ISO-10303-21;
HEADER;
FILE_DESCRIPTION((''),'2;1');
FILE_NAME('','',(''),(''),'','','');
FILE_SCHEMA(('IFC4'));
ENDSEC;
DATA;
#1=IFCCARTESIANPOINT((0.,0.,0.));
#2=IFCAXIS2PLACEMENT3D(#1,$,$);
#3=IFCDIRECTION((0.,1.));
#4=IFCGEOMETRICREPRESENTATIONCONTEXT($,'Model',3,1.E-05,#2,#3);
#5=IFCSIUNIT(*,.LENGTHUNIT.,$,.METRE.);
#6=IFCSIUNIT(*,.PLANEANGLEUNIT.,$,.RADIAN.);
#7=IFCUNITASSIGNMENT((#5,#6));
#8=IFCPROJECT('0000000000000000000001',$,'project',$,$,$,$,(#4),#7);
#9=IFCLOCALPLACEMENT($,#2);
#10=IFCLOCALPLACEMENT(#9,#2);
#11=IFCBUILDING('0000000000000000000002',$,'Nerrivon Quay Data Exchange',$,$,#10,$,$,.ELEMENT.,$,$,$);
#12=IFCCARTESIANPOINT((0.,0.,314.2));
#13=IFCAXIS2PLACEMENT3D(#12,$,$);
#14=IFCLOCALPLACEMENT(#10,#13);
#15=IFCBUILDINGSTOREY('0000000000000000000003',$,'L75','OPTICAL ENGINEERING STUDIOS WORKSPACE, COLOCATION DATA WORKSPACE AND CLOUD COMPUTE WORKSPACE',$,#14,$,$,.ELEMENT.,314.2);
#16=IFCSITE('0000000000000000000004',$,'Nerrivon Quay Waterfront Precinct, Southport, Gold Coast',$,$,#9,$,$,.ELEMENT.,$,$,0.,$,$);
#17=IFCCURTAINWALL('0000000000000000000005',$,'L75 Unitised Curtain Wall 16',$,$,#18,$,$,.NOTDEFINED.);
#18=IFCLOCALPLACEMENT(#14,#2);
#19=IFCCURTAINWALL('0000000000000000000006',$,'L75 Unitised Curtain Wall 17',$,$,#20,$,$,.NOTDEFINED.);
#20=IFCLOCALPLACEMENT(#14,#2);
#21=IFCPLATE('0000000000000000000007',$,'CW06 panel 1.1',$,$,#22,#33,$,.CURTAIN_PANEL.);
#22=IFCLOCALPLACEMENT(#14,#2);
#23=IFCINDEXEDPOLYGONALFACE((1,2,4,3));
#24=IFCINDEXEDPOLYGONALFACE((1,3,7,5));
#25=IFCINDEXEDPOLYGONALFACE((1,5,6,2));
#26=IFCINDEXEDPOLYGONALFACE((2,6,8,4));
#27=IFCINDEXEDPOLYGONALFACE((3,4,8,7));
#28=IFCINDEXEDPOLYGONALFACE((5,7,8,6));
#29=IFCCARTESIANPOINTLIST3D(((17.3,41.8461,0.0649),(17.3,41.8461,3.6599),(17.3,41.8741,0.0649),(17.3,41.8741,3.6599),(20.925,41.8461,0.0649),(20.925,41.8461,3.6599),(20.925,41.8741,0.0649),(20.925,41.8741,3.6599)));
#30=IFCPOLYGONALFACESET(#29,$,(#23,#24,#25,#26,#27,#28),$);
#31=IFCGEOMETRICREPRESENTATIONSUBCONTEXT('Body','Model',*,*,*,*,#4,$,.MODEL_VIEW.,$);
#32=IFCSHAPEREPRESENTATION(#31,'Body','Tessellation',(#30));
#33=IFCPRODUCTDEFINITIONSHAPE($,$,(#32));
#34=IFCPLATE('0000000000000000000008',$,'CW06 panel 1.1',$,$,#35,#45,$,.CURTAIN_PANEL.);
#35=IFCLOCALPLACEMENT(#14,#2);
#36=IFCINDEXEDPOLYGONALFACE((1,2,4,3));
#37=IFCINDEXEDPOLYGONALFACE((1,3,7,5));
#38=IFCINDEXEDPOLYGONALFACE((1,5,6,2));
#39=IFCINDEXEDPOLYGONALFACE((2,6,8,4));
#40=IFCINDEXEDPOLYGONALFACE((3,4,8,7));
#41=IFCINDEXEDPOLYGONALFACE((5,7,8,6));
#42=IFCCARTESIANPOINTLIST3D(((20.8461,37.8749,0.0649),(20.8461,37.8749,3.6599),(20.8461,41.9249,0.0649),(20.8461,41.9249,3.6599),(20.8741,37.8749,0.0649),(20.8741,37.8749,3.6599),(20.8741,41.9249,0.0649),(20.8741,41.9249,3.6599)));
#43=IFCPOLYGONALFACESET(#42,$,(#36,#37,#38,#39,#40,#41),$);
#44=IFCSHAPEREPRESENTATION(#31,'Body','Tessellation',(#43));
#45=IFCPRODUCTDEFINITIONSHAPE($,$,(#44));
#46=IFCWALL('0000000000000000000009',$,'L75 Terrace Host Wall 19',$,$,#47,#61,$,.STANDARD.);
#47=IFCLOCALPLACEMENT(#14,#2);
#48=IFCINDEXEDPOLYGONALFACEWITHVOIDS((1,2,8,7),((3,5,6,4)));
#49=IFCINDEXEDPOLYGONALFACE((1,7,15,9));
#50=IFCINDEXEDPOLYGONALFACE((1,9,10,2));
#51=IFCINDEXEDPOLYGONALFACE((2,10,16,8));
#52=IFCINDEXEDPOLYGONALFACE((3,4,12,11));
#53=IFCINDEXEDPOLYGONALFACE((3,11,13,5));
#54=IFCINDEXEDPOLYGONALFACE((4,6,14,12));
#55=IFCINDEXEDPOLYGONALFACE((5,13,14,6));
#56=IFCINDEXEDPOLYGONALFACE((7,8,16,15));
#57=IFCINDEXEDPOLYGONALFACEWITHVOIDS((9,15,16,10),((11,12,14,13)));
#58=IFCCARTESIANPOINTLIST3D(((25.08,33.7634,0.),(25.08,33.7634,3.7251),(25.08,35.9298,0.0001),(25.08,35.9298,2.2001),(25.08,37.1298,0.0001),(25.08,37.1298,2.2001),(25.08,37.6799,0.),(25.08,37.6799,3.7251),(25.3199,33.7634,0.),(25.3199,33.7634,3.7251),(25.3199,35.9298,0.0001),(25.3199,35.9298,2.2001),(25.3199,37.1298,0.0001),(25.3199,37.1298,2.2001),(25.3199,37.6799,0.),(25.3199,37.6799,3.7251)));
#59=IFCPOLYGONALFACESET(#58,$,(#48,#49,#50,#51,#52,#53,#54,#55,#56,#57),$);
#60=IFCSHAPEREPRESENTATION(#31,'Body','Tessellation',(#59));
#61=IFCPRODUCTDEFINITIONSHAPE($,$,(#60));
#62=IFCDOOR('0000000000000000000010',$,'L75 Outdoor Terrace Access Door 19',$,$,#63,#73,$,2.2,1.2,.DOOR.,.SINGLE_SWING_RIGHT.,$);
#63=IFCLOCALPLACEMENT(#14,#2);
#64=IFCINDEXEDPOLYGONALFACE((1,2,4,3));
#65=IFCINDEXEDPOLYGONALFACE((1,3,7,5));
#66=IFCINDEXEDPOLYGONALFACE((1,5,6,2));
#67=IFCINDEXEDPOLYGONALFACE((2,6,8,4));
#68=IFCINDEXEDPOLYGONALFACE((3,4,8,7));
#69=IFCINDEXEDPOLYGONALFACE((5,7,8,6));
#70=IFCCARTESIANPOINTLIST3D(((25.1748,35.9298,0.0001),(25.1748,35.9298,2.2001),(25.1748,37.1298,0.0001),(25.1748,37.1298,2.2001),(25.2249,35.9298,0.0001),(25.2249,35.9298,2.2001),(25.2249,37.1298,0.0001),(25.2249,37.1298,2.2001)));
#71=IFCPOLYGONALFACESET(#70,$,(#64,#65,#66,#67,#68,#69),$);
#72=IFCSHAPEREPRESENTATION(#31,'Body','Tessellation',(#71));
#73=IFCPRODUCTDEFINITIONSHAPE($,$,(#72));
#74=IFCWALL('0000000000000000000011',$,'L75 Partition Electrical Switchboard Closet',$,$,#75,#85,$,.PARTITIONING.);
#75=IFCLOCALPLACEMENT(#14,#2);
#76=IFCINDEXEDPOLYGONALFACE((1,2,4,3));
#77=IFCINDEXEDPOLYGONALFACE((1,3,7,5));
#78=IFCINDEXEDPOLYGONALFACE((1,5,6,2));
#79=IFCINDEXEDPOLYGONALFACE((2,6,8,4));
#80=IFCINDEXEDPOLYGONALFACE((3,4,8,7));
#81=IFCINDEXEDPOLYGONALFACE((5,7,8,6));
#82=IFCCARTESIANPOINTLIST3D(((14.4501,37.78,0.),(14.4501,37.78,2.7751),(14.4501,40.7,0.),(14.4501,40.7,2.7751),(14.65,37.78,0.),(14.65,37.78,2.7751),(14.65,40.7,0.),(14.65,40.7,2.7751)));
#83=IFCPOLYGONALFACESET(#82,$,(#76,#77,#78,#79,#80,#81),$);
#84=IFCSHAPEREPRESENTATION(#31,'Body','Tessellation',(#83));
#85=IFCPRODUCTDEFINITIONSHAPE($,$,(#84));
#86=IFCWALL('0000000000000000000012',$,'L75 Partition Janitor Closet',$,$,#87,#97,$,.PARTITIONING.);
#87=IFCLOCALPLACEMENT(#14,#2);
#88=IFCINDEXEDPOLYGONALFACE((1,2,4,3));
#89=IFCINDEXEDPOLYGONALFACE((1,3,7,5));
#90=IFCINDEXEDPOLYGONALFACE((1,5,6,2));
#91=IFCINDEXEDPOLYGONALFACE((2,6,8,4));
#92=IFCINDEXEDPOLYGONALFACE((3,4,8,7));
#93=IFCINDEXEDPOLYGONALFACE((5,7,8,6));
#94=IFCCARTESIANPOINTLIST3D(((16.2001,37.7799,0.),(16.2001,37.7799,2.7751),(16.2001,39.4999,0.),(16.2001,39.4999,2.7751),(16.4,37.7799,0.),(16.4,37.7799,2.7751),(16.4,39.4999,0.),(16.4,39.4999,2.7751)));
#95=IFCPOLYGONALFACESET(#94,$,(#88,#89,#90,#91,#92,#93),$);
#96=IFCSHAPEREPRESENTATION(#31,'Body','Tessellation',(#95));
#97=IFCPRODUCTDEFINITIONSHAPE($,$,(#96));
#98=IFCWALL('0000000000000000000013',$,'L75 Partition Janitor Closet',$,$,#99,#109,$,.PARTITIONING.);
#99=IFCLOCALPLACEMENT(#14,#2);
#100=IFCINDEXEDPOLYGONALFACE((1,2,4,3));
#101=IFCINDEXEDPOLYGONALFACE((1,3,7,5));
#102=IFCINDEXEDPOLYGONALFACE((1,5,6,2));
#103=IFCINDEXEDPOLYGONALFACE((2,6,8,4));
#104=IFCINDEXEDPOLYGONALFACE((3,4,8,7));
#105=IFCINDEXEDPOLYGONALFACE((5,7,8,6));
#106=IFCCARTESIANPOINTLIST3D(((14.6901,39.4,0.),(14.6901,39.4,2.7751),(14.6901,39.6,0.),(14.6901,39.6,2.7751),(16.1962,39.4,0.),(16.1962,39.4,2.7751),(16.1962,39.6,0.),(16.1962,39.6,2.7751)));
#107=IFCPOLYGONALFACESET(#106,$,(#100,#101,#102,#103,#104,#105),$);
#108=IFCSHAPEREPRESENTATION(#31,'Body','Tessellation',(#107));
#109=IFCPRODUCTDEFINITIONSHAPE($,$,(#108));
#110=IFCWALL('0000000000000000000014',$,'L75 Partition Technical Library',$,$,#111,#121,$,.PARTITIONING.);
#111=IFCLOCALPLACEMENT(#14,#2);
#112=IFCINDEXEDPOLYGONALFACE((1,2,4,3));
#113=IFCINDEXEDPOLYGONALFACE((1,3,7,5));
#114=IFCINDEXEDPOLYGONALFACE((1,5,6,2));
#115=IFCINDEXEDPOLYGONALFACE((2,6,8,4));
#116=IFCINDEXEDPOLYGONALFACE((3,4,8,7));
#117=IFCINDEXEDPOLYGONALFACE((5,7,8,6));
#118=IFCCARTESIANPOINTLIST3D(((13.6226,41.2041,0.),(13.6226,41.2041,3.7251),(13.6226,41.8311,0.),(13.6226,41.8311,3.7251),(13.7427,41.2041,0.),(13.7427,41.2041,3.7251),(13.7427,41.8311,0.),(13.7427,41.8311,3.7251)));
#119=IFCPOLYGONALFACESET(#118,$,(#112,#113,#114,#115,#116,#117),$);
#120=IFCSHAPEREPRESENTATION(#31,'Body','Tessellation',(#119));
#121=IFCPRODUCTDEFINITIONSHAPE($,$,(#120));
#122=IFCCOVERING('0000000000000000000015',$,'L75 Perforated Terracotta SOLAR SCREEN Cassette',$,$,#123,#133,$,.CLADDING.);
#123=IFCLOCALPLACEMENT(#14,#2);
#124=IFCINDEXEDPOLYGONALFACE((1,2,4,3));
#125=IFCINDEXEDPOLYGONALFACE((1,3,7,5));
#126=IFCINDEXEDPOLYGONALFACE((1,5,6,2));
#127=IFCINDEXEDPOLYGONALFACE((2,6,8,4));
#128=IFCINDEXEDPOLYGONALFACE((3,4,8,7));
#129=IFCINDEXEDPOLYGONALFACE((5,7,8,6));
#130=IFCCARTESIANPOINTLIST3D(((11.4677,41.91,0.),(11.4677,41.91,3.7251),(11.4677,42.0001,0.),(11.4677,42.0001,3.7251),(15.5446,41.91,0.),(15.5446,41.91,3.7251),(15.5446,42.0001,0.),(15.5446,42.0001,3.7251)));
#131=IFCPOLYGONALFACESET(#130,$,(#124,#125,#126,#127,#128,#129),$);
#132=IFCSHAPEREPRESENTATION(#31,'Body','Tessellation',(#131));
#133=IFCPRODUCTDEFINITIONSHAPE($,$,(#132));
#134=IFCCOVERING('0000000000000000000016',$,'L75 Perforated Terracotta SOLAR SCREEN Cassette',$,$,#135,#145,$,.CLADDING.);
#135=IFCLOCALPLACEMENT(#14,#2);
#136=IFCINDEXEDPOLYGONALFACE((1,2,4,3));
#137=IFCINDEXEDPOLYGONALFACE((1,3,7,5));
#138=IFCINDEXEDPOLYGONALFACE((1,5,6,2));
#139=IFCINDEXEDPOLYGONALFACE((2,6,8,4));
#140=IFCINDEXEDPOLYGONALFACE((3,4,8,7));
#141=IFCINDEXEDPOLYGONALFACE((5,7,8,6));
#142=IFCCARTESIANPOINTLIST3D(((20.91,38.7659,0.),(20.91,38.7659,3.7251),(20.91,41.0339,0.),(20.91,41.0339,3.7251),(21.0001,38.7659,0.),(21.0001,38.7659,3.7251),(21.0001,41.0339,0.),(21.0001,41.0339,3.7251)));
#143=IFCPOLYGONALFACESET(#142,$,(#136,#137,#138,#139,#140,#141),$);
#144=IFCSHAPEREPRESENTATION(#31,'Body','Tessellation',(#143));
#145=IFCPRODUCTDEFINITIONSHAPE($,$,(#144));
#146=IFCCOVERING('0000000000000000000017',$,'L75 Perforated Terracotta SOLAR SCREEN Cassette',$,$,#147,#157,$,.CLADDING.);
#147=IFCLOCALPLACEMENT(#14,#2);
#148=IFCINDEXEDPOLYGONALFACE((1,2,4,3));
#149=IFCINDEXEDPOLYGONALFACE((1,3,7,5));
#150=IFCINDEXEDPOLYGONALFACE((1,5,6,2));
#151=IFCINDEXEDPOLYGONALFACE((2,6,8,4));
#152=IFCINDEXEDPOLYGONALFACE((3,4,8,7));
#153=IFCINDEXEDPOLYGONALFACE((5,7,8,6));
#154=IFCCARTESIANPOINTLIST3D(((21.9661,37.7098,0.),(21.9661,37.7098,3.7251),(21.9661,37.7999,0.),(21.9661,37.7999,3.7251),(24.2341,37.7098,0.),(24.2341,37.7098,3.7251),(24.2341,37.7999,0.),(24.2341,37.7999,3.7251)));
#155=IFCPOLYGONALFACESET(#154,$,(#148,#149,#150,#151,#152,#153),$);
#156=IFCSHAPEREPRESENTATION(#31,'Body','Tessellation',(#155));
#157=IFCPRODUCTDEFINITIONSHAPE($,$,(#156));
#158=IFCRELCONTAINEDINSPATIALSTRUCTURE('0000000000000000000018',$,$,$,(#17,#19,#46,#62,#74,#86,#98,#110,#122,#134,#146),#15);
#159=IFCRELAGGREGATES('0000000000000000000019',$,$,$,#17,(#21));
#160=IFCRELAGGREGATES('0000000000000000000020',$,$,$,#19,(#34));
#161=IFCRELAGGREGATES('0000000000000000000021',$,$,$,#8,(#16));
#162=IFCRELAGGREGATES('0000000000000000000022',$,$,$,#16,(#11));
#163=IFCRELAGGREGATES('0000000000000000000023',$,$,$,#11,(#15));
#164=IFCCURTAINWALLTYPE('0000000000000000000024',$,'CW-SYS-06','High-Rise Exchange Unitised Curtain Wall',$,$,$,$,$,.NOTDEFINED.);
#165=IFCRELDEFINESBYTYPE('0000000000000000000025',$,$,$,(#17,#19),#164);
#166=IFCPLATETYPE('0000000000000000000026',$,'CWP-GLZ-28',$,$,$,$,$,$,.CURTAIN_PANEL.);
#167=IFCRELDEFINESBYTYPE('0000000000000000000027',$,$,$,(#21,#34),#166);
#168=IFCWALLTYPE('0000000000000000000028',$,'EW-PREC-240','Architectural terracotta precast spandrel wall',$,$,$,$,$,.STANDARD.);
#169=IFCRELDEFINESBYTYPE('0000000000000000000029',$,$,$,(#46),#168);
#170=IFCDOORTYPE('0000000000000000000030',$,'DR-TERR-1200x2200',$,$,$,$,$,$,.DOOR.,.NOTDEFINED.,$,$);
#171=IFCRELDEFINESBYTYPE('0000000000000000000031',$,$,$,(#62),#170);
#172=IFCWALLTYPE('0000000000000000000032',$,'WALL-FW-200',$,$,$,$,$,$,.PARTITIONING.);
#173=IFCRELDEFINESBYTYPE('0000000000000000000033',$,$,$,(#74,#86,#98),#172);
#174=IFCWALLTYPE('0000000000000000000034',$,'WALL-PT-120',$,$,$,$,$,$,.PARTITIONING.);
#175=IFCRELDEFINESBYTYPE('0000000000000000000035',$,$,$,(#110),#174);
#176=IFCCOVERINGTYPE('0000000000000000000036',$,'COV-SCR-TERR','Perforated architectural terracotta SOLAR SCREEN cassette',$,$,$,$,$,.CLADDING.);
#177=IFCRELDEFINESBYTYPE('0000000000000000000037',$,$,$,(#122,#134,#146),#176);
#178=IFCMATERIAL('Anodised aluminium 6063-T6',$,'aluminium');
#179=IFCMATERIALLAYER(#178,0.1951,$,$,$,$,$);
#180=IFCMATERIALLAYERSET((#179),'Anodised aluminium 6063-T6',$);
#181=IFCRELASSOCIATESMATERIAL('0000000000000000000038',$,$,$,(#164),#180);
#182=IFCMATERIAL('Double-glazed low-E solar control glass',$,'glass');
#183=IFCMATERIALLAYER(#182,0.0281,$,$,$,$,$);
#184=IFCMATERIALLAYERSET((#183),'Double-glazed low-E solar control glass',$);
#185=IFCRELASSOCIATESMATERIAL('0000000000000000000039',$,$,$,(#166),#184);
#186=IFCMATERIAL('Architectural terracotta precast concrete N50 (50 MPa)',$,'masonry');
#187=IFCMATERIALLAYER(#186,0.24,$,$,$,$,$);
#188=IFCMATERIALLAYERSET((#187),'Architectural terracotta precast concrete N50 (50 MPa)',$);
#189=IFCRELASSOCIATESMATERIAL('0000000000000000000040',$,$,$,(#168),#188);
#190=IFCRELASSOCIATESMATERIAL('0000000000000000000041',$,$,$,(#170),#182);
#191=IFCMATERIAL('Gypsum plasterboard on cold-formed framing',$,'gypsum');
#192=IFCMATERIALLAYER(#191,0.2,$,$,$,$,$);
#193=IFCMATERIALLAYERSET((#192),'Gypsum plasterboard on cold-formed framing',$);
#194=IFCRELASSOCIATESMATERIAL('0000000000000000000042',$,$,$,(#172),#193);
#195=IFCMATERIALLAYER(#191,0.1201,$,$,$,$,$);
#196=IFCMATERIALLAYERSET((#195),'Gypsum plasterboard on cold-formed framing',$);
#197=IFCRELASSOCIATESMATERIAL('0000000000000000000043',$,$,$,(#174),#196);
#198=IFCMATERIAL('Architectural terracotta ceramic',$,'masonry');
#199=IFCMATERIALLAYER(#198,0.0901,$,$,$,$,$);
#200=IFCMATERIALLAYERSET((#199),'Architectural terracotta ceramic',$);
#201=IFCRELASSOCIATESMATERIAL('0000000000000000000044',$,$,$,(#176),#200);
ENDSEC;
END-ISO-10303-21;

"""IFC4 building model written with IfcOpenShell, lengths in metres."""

from ifc_helpers import new_model, si_unit, direction, frame, frame_2d, origin, origin_2d, place, context, subcontext, project, spatial, rectangle, extrude, material, layer, layer_set, type_object, element, fill, aggregate, save


model = new_model("IFC4")

# Units and contexts
model_context = context("Model", 3, precision=1e-05, world=origin(), true_north=direction((0.0, 1.0)))
body_context = subcontext(model_context, "Body", "Model", "MODEL_VIEW")
ifc_project = project(units=[si_unit("LENGTHUNIT", "METRE"), si_unit("PLANEANGLEUNIT", "RADIAN")], contexts=[model_context])

# Site, building, storey
site_placement = place(None, origin())
site = spatial("IfcSite", under=ifc_project, at=site_placement, Name="Nerrivon Quay Waterfront Precinct, Southport, Gold Coast", CompositionType="ELEMENT", RefElevation=0.0)
building_placement = place(site_placement, origin())
building = spatial("IfcBuilding", under=site, at=building_placement, Name="Nerrivon Quay Data Exchange", CompositionType="ELEMENT")
storey_placement = place(building_placement, frame((0.0, 0.0, 314.2)))
storey = spatial("IfcBuildingStorey", under=building, at=storey_placement, Name="L75", Description="OPTICAL ENGINEERING STUDIOS WORKSPACE, COLOCATION DATA WORKSPACE AND CLOUD COMPUTE WORKSPACE", CompositionType="ELEMENT", Elevation=314.2)

# Shared definitions
ifc_material_1 = material(Name="Anodised aluminium 6063-T6", Category="aluminium")
ifc_layer_1 = layer(ifc_material_1, 0.1951)
ifc_layer_set_1 = layer_set([ifc_layer_1], Name="Anodised aluminium 6063-T6")
curtain_wall_type = type_object("IfcCurtainWallType", Name="CW-SYS-06", Description="High-Rise Exchange Unitised Curtain Wall", PredefinedType="NOTDEFINED", material=ifc_layer_set_1)

# Curtain walls
curtain_wall_1_placement = place(storey_placement, origin())
curtain_wall_1 = element("IfcCurtainWall", 1, at=curtain_wall_1_placement, inside=storey, type_object=curtain_wall_type, Name="L75 Unitised Curtain Wall 16", PredefinedType="NOTDEFINED")
curtain_wall_2_placement = place(storey_placement, origin())
curtain_wall_2 = element("IfcCurtainWall", 2, at=curtain_wall_2_placement, inside=storey, type_object=curtain_wall_type, Name="L75 Unitised Curtain Wall 17", PredefinedType="NOTDEFINED")

# Plates
ifc_material_2 = material(Name="Double-glazed low-E solar control glass", Category="glass")
ifc_layer_2 = layer(ifc_material_2, 0.0281)
ifc_layer_set_2 = layer_set([ifc_layer_2], Name="Double-glazed low-E solar control glass")
plate_type = type_object("IfcPlateType", Name="CWP-GLZ-28", PredefinedType="CURTAIN_PANEL", material=ifc_layer_set_2)
plate_1_placement = place(storey_placement, frame((19.1125, 41.8601, 0.0649), z_axis=(0.0, 0.0, 1.0), x_axis=(1.0, 0.0, 0.0)))
plate_1 = element("IfcPlate", 3, at=plate_1_placement, type_object=plate_type, Name="CW06 panel 1.1", PredefinedType="CURTAIN_PANEL", context=body_context, shape_type="SweptSolid", body=[
    extrude(rectangle(XDim=3.625, YDim=0.0281, at=origin_2d()), origin(), (0.0, 0.0, 1.0), 3.595),
])
aggregate(curtain_wall_1, [plate_1])
plate_2_placement = place(storey_placement, frame((20.8601, 39.8999, 0.0649), z_axis=(0.0, 0.0, 1.0), x_axis=(0.0, -1.0, 0.0)))
plate_2 = element("IfcPlate", 4, at=plate_2_placement, type_object=plate_type, Name="CW06 panel 1.1", PredefinedType="CURTAIN_PANEL", context=body_context, shape_type="SweptSolid", body=[
    extrude(rectangle(XDim=4.05, YDim=0.0281, at=origin_2d()), origin(), (0.0, 0.0, 1.0), 3.595),
])
aggregate(curtain_wall_2, [plate_2])

# Wall, opening, door
ifc_material_3 = material(Name="Architectural terracotta precast concrete N50 (50 MPa)", Category="masonry")
ifc_layer_3 = layer(ifc_material_3, 0.24)
ifc_layer_set_3 = layer_set([ifc_layer_3], Name="Architectural terracotta precast concrete N50 (50 MPa)")
wall_type_1 = type_object("IfcWallType", Name="EW-PREC-240", Description="Architectural terracotta precast spandrel wall", PredefinedType="STANDARD", material=ifc_layer_set_3)
wall_1_placement = place(storey_placement, frame((25.2, 37.6799, 0.0), z_axis=(0.0, 0.0, 1.0), x_axis=(0.0, -1.0, 0.0)))
wall_1 = element("IfcWall", 5, at=wall_1_placement, inside=storey, type_object=wall_type_1, Name="L75 Terrace Host Wall 19", PredefinedType="STANDARD", context=body_context, shape_type="SweptSolid", body=[
    extrude(rectangle(XDim=3.9165, YDim=0.24, at=frame_2d((1.9583, 0.0))), origin(), (0.0, 0.0, 1.0), 3.7251),
])
opening_placement = place(wall_1_placement, frame((0.55, 0.0, 0.0)))
opening = element("IfcOpeningElement", 6, at=opening_placement, cuts=wall_1, PredefinedType="OPENING", context=body_context, shape_type="SweptSolid", body=[
    extrude(rectangle(XDim=1.2, YDim=2.2, at=frame_2d((0.6001, 1.1001))), frame((0.0, 0.1299, 0.0), z_axis=(0.0, -1.0, 0.0), x_axis=(1.0, 0.0, 0.0)), (0.0, 0.0, 1.0), 0.26),
])
door_type = type_object("IfcDoorType", Name="DR-TERR-1200x2200", OperationType="NOTDEFINED", PredefinedType="DOOR", material=ifc_material_2)
door_placement = place(opening_placement, origin())
door = element("IfcDoor", 7, at=door_placement, inside=storey, type_object=door_type, Name="L75 Outdoor Terrace Access Door 19", OperationType="SINGLE_SWING_RIGHT", OverallHeight=2.2, OverallWidth=1.2, PredefinedType="DOOR", context=body_context, shape_type="SweptSolid", body=[
    extrude(rectangle(XDim=1.2, YDim=2.2, at=frame_2d((0.6001, 1.1001))), frame((0.0, 0.0249, 0.0), z_axis=(0.0, -1.0, 0.0), x_axis=(1.0, 0.0, 0.0)), (0.0, 0.0, 1.0), 0.05),
])
fill(opening, door)

# Walls
ifc_material_4 = material(Name="Gypsum plasterboard on cold-formed framing", Category="gypsum")
ifc_layer_4 = layer(ifc_material_4, 0.2)
ifc_layer_set_4 = layer_set([ifc_layer_4], Name="Gypsum plasterboard on cold-formed framing")
wall_type_2 = type_object("IfcWallType", Name="WALL-FW-200", PredefinedType="PARTITIONING", material=ifc_layer_set_4)
wall_2_placement = place(storey_placement, frame((14.55, 37.78, 0.0), z_axis=(0.0, 0.0, 1.0), x_axis=(0.0, 1.0, 0.0)))
element("IfcWall", 8, at=wall_2_placement, inside=storey, type_object=wall_type_2, Name="L75 Partition Electrical Switchboard Closet", PredefinedType="PARTITIONING", context=body_context, shape_type="SweptSolid", body=[
    extrude(rectangle(XDim=2.9199, YDim=0.2, at=frame_2d((1.46, 0.0))), origin(), (0.0, 0.0, 1.0), 2.7751),
])
wall_3_placement = place(storey_placement, frame((16.3, 37.78, 0.0), z_axis=(0.0, 0.0, 1.0), x_axis=(0.0, 1.0, 0.0)))
element("IfcWall", 9, at=wall_3_placement, inside=storey, type_object=wall_type_2, Name="L75 Partition Janitor Closet", PredefinedType="PARTITIONING", context=body_context, shape_type="SweptSolid", body=[
    extrude(rectangle(XDim=1.72, YDim=0.2, at=frame_2d((0.8599, 0.0))), origin(), (0.0, 0.0, 1.0), 2.7751),
])
wall_4_placement = place(storey_placement, frame((16.196, 39.5, 0.0), z_axis=(0.0, 0.0, 1.0), x_axis=(-1.0, 0.0, 0.0)))
element("IfcWall", 10, at=wall_4_placement, inside=storey, type_object=wall_type_2, Name="L75 Partition Janitor Closet", PredefinedType="PARTITIONING", context=body_context, shape_type="SweptSolid", body=[
    extrude(rectangle(XDim=1.5061, YDim=0.2, at=frame_2d((0.7529, 0.0))), origin(), (0.0, 0.0, 1.0), 2.7751),
])
ifc_layer_5 = layer(ifc_material_4, 0.1201)
ifc_layer_set_5 = layer_set([ifc_layer_5], Name="Gypsum plasterboard on cold-formed framing")
wall_type_3 = type_object("IfcWallType", Name="WALL-PT-120", PredefinedType="PARTITIONING", material=ifc_layer_set_5)
wall_5_placement = place(storey_placement, frame((13.6826, 41.8311, 0.0), z_axis=(0.0, 0.0, 1.0), x_axis=(0.0, -1.0, 0.0)))
element("IfcWall", 11, at=wall_5_placement, inside=storey, type_object=wall_type_3, Name="L75 Partition Technical Library", PredefinedType="PARTITIONING", context=body_context, shape_type="SweptSolid", body=[
    extrude(rectangle(XDim=0.627, YDim=0.1201, at=frame_2d((0.3135, 0.0))), origin(), (0.0, 0.0, 1.0), 3.7251),
])

# Coverings
ifc_material_5 = material(Name="Architectural terracotta ceramic", Category="masonry")
ifc_layer_6 = layer(ifc_material_5, 0.0901)
ifc_layer_set_6 = layer_set([ifc_layer_6], Name="Architectural terracotta ceramic")
covering_type = type_object("IfcCoveringType", Name="COV-SCR-TERR", Description="Perforated architectural terracotta SOLAR SCREEN cassette", PredefinedType="CLADDING", material=ifc_layer_set_6)
covering_placement = place(storey_placement, frame((13.5061, 41.9551, 0.0), z_axis=(0.0, 0.0, 1.0), x_axis=(1.0, 0.0, 0.0)))
element("IfcCovering", 12, at=covering_placement, inside=storey, type_object=covering_type, Name="L75 Perforated Terracotta SOLAR SCREEN Cassette", PredefinedType="CLADDING", context=body_context, shape_type="SweptSolid", body=[
    extrude(rectangle(XDim=4.0769, YDim=0.0901, at=origin_2d()), origin(), (0.0, 0.0, 1.0), 3.7251),
])
for number, where, z_axis, x_axis, name in (
    (13, (20.9551, 39.8999, 0.0), (0.0, 0.0, 1.0), (0.0, -1.0, 0.0), "L75 Perforated Terracotta SOLAR SCREEN Cassette"),
    (14, (23.1001, 37.7549, 0.0), (0.0, 0.0, 1.0), (1.0, 0.0, 0.0), "L75 Perforated Terracotta SOLAR SCREEN Cassette"),
):
    element("IfcCovering", number, at=place(storey_placement, frame(where, z_axis=z_axis, x_axis=x_axis)), inside=storey, type_object=covering_type, Name=name, PredefinedType="CLADDING", context=body_context, shape_type="SweptSolid", body=[
        extrude(rectangle(XDim=2.2681, YDim=0.0901, at=origin_2d()), origin(), (0.0, 0.0, 1.0), 3.7251),
    ])

save(model, "model.ifc")
